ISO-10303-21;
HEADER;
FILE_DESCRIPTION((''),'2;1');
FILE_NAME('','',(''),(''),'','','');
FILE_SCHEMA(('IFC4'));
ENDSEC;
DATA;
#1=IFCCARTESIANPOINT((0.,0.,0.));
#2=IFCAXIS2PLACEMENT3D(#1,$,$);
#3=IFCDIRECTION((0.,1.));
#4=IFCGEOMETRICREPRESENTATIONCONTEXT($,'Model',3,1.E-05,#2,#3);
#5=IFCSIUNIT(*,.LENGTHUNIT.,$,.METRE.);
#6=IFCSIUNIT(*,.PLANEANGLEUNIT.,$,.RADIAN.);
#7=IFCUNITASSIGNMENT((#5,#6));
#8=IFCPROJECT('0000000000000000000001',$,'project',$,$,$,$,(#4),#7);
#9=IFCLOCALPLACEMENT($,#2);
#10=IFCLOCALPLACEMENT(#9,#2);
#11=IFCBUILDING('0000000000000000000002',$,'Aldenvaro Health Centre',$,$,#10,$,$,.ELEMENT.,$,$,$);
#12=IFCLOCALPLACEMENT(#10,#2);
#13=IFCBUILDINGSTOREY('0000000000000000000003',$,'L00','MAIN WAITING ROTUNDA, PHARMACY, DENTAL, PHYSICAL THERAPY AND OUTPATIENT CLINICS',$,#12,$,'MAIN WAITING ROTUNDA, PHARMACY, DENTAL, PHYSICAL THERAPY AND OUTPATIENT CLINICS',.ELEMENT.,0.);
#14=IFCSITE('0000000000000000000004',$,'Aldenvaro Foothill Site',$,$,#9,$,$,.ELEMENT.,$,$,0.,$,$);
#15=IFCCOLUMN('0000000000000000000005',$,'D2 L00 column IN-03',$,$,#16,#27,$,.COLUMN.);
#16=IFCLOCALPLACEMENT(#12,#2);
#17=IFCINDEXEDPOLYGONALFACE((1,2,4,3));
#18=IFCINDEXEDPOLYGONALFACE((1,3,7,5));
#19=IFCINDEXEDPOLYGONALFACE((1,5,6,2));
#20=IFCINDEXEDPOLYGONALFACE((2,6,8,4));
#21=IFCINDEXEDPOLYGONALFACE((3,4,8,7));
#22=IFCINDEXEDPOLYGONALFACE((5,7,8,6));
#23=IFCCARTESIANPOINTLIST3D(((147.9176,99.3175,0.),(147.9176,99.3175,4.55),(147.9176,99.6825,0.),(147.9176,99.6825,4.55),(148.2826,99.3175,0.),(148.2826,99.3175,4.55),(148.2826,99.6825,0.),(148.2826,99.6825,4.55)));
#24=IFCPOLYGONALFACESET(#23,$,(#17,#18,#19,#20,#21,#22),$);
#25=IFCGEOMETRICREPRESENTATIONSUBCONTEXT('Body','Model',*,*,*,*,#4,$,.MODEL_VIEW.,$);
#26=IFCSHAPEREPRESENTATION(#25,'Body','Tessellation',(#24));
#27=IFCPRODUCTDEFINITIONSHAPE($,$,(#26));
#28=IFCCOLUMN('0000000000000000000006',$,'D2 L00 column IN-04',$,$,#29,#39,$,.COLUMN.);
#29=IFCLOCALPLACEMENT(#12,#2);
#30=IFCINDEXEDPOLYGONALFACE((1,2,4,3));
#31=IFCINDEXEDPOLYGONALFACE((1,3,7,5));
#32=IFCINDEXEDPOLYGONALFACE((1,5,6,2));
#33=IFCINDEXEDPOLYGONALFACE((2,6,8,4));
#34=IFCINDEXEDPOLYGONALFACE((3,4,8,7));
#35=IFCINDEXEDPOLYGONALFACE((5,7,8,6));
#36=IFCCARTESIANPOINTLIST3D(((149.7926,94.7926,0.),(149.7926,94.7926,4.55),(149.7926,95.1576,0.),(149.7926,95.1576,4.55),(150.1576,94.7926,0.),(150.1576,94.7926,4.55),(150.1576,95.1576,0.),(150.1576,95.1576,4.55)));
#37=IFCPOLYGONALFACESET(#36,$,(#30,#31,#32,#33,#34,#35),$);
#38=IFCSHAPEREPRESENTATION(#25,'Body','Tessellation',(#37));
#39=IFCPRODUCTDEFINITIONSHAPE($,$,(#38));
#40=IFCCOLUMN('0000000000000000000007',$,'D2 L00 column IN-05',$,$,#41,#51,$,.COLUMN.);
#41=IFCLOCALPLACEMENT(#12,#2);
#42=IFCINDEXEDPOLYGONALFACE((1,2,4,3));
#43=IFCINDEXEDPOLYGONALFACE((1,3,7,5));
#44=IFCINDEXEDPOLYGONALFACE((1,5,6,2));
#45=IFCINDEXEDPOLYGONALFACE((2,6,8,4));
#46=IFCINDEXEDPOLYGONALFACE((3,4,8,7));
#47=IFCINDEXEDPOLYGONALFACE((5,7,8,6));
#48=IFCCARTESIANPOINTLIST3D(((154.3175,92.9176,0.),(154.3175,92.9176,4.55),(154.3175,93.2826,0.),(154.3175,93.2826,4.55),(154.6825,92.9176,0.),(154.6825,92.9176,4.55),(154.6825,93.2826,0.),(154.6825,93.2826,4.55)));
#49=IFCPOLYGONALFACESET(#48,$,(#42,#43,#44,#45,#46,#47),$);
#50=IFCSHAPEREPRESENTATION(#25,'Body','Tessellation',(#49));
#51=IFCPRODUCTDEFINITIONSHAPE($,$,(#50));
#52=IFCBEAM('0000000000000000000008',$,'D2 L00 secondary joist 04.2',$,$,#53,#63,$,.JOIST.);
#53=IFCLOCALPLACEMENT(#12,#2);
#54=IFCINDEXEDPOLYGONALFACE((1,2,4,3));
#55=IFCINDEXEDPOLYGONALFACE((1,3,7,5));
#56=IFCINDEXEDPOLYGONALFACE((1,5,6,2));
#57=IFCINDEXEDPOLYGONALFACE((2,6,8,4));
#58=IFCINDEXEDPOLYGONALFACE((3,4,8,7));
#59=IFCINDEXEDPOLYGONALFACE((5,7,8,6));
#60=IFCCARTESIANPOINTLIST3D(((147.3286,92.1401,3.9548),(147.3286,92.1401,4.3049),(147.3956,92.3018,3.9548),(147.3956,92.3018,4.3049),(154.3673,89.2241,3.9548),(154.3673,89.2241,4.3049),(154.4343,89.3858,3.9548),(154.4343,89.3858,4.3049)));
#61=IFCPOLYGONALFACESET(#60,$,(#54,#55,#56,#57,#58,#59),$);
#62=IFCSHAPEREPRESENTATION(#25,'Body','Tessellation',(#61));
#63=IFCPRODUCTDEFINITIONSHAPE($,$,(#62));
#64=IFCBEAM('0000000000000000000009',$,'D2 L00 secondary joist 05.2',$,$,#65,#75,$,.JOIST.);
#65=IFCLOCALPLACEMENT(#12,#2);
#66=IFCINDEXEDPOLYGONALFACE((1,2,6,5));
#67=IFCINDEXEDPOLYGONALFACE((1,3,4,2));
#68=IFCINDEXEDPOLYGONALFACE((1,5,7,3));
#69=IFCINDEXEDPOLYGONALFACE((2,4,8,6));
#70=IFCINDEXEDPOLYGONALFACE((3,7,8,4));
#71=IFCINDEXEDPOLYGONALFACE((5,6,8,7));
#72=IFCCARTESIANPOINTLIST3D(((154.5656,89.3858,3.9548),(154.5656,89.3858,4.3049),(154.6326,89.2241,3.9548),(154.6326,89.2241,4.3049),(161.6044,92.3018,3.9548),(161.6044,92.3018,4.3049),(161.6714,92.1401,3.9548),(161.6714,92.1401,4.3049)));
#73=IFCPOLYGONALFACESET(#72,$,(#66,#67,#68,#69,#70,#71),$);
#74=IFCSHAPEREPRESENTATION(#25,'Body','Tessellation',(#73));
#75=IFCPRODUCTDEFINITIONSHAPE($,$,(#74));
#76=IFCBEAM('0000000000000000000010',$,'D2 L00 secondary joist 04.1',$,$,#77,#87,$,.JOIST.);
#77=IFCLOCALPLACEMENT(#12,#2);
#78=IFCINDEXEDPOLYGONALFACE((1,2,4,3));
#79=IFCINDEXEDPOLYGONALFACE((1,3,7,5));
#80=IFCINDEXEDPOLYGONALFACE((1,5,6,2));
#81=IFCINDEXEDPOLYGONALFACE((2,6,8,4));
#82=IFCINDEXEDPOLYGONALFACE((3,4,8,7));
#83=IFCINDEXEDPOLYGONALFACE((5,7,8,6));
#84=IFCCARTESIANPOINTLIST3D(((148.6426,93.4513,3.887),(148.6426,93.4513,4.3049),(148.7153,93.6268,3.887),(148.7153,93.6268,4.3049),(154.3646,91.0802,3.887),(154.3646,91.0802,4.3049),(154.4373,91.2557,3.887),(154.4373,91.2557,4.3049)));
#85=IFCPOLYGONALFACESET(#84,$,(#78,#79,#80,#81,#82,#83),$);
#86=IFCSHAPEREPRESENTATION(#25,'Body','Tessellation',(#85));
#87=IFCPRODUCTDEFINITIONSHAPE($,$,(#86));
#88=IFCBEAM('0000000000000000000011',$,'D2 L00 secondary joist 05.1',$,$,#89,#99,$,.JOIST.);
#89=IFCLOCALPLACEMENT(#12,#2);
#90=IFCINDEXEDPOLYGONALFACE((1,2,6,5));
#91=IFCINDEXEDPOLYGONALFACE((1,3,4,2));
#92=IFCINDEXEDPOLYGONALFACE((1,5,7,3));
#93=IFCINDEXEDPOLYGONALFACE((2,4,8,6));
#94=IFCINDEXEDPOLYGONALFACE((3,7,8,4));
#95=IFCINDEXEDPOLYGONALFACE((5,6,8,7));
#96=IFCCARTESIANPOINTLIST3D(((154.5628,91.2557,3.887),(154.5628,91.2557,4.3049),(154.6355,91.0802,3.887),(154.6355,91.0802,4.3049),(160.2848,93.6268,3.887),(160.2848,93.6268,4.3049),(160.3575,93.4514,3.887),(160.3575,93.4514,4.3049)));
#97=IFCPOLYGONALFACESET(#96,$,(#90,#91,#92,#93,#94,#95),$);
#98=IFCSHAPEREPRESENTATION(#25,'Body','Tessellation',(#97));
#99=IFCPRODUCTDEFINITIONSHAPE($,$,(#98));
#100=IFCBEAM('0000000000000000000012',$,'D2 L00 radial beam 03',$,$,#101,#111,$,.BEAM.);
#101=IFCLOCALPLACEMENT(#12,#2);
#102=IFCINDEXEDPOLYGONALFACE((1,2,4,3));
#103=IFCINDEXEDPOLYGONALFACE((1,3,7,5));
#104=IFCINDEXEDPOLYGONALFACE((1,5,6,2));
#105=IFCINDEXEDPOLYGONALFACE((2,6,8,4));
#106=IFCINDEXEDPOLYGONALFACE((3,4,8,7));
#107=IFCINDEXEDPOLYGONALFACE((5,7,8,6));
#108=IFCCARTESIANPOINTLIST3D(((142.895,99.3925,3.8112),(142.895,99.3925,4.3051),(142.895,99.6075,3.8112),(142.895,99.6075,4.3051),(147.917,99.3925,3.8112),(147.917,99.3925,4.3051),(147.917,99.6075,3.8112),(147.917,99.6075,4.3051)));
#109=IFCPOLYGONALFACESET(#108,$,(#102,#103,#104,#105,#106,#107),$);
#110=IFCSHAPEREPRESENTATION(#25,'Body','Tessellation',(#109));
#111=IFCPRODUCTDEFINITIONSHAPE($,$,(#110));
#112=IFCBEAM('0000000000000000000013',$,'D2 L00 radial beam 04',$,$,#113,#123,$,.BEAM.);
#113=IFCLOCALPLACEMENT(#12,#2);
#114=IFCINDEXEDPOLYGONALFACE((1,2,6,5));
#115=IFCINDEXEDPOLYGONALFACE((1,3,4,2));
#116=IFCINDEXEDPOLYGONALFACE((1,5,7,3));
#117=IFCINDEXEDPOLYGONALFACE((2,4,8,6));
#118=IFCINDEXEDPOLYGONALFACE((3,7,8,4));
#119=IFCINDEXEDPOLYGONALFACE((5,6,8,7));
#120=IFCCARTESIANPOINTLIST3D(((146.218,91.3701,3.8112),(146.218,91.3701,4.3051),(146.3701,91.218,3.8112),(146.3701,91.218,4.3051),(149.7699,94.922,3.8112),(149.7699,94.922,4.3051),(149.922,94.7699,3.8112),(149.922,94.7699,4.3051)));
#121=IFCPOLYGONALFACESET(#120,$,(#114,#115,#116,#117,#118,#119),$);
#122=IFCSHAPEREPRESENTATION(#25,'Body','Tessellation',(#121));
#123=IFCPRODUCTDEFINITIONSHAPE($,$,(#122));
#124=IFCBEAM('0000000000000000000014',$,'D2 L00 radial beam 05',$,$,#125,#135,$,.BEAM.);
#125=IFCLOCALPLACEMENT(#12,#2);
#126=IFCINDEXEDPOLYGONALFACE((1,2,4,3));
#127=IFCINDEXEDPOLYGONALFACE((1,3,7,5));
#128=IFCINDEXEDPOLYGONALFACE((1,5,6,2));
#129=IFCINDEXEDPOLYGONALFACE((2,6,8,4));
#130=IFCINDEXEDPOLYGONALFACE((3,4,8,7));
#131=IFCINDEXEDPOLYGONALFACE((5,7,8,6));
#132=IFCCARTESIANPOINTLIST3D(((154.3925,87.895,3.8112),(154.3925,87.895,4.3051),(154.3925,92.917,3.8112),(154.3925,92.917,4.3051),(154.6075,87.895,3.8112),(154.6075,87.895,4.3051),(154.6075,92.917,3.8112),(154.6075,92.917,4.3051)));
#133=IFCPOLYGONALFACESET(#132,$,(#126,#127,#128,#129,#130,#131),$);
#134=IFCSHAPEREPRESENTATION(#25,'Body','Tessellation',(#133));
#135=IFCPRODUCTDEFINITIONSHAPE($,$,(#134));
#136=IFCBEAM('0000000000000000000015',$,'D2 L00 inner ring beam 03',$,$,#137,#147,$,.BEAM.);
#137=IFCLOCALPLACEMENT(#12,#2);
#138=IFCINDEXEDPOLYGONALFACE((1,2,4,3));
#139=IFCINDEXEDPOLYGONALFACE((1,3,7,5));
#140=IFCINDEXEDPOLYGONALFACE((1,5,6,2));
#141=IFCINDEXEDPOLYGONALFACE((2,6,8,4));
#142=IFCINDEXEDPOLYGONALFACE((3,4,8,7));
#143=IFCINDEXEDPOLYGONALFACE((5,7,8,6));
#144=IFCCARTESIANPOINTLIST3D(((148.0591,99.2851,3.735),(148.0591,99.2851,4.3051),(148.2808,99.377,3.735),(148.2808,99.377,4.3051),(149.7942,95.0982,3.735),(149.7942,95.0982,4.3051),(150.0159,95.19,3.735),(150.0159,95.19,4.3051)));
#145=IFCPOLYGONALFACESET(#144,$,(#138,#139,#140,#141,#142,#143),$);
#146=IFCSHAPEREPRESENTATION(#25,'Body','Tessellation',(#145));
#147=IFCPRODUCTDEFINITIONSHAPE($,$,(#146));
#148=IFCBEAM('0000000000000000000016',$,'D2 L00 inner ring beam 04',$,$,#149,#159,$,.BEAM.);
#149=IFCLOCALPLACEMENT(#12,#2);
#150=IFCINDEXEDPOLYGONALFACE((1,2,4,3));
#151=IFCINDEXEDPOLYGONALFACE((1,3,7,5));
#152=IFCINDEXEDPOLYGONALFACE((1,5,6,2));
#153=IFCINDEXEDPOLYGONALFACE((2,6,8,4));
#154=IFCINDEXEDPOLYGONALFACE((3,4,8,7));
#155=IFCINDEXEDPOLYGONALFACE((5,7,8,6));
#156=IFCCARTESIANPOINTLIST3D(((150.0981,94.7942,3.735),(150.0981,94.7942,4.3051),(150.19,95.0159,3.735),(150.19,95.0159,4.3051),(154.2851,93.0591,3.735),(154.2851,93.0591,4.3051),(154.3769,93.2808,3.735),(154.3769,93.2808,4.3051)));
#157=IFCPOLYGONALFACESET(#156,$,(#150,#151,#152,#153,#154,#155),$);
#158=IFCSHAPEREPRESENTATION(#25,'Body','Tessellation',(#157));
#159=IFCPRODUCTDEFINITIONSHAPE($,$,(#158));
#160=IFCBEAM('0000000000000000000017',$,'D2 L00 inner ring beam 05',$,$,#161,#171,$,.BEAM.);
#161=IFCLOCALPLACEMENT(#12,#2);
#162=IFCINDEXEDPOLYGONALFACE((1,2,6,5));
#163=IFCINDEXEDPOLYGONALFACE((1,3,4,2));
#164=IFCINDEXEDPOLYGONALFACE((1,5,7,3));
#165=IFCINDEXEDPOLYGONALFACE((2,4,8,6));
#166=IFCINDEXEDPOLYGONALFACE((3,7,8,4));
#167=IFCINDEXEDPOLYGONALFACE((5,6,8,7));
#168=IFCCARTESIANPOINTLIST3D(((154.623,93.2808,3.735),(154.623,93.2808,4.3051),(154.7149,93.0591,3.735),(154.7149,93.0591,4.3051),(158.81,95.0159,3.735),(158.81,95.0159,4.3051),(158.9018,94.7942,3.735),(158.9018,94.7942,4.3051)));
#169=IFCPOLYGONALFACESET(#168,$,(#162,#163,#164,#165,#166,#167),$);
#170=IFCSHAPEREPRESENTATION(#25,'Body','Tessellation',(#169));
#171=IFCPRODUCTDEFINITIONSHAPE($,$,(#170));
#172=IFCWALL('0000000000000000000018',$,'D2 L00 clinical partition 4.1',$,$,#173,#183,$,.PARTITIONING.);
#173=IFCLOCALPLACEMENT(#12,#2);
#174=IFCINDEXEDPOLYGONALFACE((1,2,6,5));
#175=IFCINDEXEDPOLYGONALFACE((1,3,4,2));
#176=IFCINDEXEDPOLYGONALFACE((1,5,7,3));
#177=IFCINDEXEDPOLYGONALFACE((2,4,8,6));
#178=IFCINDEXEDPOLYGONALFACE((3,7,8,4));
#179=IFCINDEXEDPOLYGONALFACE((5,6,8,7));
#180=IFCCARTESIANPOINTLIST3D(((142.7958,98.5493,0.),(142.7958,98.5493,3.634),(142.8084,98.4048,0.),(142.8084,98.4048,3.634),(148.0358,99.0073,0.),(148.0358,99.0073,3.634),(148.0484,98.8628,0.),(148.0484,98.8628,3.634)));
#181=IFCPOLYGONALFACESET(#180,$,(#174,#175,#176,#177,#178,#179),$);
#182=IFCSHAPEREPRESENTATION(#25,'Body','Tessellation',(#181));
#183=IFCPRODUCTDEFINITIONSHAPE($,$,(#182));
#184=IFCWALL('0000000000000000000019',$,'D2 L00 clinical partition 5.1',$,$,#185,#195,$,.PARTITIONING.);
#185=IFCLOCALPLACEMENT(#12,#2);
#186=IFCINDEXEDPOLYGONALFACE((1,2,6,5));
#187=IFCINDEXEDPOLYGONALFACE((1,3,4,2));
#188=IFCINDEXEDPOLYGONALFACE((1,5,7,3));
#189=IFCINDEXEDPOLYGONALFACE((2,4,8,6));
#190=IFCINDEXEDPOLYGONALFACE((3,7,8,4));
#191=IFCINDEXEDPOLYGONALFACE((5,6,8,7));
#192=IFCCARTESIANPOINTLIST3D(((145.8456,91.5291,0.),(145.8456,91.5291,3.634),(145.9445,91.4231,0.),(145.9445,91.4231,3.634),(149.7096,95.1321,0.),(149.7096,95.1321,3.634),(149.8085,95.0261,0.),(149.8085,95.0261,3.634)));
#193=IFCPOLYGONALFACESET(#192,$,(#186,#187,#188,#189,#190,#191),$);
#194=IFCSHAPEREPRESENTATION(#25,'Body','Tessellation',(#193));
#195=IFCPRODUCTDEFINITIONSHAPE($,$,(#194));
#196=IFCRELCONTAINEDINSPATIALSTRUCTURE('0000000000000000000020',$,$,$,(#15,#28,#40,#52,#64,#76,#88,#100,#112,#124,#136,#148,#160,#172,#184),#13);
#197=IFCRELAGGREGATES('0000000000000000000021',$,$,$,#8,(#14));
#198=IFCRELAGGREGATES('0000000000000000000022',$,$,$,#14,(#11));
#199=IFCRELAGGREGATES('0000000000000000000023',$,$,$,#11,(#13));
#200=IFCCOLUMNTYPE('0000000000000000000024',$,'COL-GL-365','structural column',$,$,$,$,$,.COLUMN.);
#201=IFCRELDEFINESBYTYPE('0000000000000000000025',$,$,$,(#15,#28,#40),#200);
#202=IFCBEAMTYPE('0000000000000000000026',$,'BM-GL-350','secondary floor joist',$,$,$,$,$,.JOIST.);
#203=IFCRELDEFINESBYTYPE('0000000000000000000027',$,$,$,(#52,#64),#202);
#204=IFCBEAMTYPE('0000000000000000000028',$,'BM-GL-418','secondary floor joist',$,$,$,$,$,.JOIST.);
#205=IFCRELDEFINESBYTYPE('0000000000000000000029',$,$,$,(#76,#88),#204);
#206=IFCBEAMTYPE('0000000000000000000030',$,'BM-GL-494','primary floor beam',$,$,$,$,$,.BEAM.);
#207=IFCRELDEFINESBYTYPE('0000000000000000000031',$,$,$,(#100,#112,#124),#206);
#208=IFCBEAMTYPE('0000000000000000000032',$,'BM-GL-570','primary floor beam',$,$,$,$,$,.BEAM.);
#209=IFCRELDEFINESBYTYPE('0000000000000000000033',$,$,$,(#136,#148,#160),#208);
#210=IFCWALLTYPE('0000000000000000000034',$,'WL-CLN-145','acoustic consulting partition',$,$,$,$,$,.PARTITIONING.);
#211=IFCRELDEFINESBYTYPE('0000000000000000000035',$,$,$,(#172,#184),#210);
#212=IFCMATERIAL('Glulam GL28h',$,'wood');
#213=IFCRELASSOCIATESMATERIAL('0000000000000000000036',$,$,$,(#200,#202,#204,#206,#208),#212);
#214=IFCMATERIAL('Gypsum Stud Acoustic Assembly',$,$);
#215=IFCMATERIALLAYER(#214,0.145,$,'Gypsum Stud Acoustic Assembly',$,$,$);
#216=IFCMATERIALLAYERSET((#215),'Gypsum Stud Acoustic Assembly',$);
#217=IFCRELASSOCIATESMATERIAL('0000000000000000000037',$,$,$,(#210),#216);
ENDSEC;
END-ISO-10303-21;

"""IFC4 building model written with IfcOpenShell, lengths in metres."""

from ifc_helpers import new_model, si_unit, direction, frame, frame_2d, origin, origin_2d, place, context, subcontext, project, spatial, rectangle, extrude, material, layer, layer_set, material_profile, profile_set, type_object, element, save


model = new_model("IFC4")

# Units and contexts
model_context = context("Model", 3, precision=1e-05, world=origin(), true_north=direction((0.0, 1.0)))
body_context = subcontext(model_context, "Body", "Model", "MODEL_VIEW")
ifc_project = project(units=[si_unit("LENGTHUNIT", "METRE"), si_unit("PLANEANGLEUNIT", "RADIAN")], contexts=[model_context])

# Site, building, storey
site_placement = place(None, origin())
site = spatial("IfcSite", under=ifc_project, at=site_placement, Name="Aldenvaro Foothill Site", CompositionType="ELEMENT", RefElevation=0.0)
building_placement = place(site_placement, origin())
building = spatial("IfcBuilding", under=site, at=building_placement, Name="Aldenvaro Health Centre", CompositionType="ELEMENT")
storey_placement = place(building_placement, origin())
storey = spatial("IfcBuildingStorey", under=building, at=storey_placement, Name="L00", Description="MAIN WAITING ROTUNDA, PHARMACY, DENTAL, PHYSICAL THERAPY AND OUTPATIENT CLINICS", LongName="MAIN WAITING ROTUNDA, PHARMACY, DENTAL, PHYSICAL THERAPY AND OUTPATIENT CLINICS", CompositionType="ELEMENT", Elevation=0.0)

# Columns
ifc_material_1 = material(Name="Glulam GL28h", Category="wood")
ifc_material_profile_1 = material_profile(ifc_material_1, rectangle(XDim=0.365, YDim=0.365, at=origin_2d()), Name="GL 365x365", Category="wood")
ifc_profile_set_1 = profile_set([ifc_material_profile_1], Name="Glulam GL28h")
column_type = type_object("IfcColumnType", Name="COL-GL-365", Description="structural column", PredefinedType="COLUMN", material=ifc_profile_set_1)
for number, where, z_axis, x_axis, name in (
    (1, (148.1001, 99.5, 0.0), (0.0, 0.0, 1.0), (1.0, 0.0, 0.0), "D2 L00 column IN-03"),
    (2, (149.9751, 94.9751, 0.0), (0.0, 0.0, 1.0), (1.0, 0.0, 0.0), "D2 L00 column IN-04"),
    (3, (154.5, 93.1001, 0.0), (0.0, 0.0, 1.0), (1.0, 0.0, 0.0), "D2 L00 column IN-05"),
):
    element("IfcColumn", number, at=place(storey_placement, frame(where, z_axis=z_axis, x_axis=x_axis)), inside=storey, type_object=column_type, Name=name, PredefinedType="COLUMN", context=body_context, shape_type="SweptSolid", body=[
        extrude(rectangle(XDim=0.365, YDim=0.365, at=origin_2d()), origin(), (0.0, 0.0, 1.0), 4.55),
    ])

# Beams
ifc_material_profile_2 = material_profile(ifc_material_1, rectangle(XDim=0.175, YDim=0.3501, at=origin_2d()), Name="GL 175x350", Category="wood")
ifc_profile_set_2 = profile_set([ifc_material_profile_2], Name="Glulam GL28h")
beam_type_1 = type_object("IfcBeamType", Name="BM-GL-350", Description="secondary floor joist", PredefinedType="JOIST", material=ifc_profile_set_2)
for number, where, z_axis, x_axis, name in (
    (4, (147.3621, 92.2209, 4.1299), (0.923859, -0.382733, 0.0), (0.382733, 0.923859, 0.0), "D2 L00 secondary joist 04.2"),
    (5, (154.5991, 89.3049, 4.1299), (0.923859, 0.382733, 0.0), (-0.382733, 0.923859, 0.0), "D2 L00 secondary joist 05.2"),
):
    element("IfcBeam", number, at=place(storey_placement, frame(where, z_axis=z_axis, x_axis=x_axis)), inside=storey, type_object=beam_type_1, Name=name, PredefinedType="JOIST", context=body_context, shape_type="SweptSolid", body=[
        extrude(rectangle(XDim=0.175, YDim=0.3501, at=origin_2d()), origin(), (0.0, 0.0, 1.0), 7.6189),
    ])
ifc_material_profile_3 = material_profile(ifc_material_1, rectangle(XDim=0.1899, YDim=0.418, at=origin_2d()), Name="GL 190x418", Category="wood")
ifc_profile_set_3 = profile_set([ifc_material_profile_3], Name="Glulam GL28h")
beam_type_2 = type_object("IfcBeamType", Name="BM-GL-418", Description="secondary floor joist", PredefinedType="JOIST", material=ifc_profile_set_3)
for number, where, z_axis, x_axis, name in (
    (6, (148.679, 93.5391, 4.0959), (0.923823, -0.382821, 0.0), (0.382821, 0.923823, 0.0), "D2 L00 secondary joist 04.1"),
    (7, (154.5991, 91.168, 4.0959), (0.923823, 0.382821, 0.0), (-0.382821, 0.923823, 0.0), "D2 L00 secondary joist 05.1"),
):
    element("IfcBeam", number, at=place(storey_placement, frame(where, z_axis=z_axis, x_axis=x_axis)), inside=storey, type_object=beam_type_2, Name=name, PredefinedType="JOIST", context=body_context, shape_type="SweptSolid", body=[
        extrude(rectangle(XDim=0.1899, YDim=0.418, at=origin_2d()), origin(), (0.0, 0.0, 1.0), 6.1938),
    ])
ifc_material_profile_4 = material_profile(ifc_material_1, rectangle(XDim=0.2151, YDim=0.4939, at=origin_2d()), Name="GL 215x494", Category="wood")
ifc_profile_set_4 = profile_set([ifc_material_profile_4], Name="Glulam GL28h")
beam_type_3 = type_object("IfcBeamType", Name="BM-GL-494", Description="primary floor beam", PredefinedType="BEAM", material=ifc_profile_set_4)
beam_1_placement = place(storey_placement, frame((147.917, 99.5, 4.0581), z_axis=(-1.0, 0.0, 0.0), x_axis=(0.0, -1.0, 0.0)))
element("IfcBeam", 8, at=beam_1_placement, inside=storey, type_object=beam_type_3, Name="D2 L00 radial beam 03", PredefinedType="BEAM", context=body_context, shape_type="SweptSolid", body=[
    extrude(rectangle(XDim=0.2151, YDim=0.4939, at=origin_2d()), origin(), (0.0, 0.0, 1.0), 5.022),
])
beam_2_placement = place(storey_placement, frame((149.8459, 94.8459, 4.0581), z_axis=(-0.707107, -0.707107, 0.0), x_axis=(0.707107, -0.707107, 0.0)))
element("IfcBeam", 9, at=beam_2_placement, inside=storey, type_object=beam_type_3, Name="D2 L00 radial beam 04", PredefinedType="BEAM", context=body_context, shape_type="SweptSolid", body=[
    extrude(rectangle(XDim=0.2151, YDim=0.4939, at=origin_2d()), origin(), (0.0, 0.0, 1.0), 5.0232),
])
beam_3_placement = place(storey_placement, frame((154.5, 92.917, 4.0581), z_axis=(0.0, -1.0, 0.0), x_axis=(1.0, 0.0, 0.0)))
element("IfcBeam", 10, at=beam_3_placement, inside=storey, type_object=beam_type_3, Name="D2 L00 radial beam 05", PredefinedType="BEAM", context=body_context, shape_type="SweptSolid", body=[
    extrude(rectangle(XDim=0.2151, YDim=0.4939, at=origin_2d()), origin(), (0.0, 0.0, 1.0), 5.022),
])
ifc_material_profile_5 = material_profile(ifc_material_1, rectangle(XDim=0.24, YDim=0.5701, at=origin_2d()), Name="GL 240x570", Category="wood")
ifc_profile_set_5 = profile_set([ifc_material_profile_5], Name="Glulam GL28h")
beam_type_4 = type_object("IfcBeamType", Name="BM-GL-570", Description="primary floor beam", PredefinedType="BEAM", material=ifc_profile_set_5)
for number, where, z_axis, x_axis, name in (
    (11, (148.1699, 99.3311, 4.02), (0.382832, -0.923818, 0.0), (0.923818, 0.382832, 0.0), "D2 L00 inner ring beam 03"),
    (12, (150.144, 94.905, 4.02), (0.923818, -0.382832, 0.0), (0.382832, 0.923818, 0.0), "D2 L00 inner ring beam 04"),
    (13, (154.6689, 93.1699, 4.02), (0.923818, 0.382832, 0.0), (-0.382832, 0.923818, 0.0), "D2 L00 inner ring beam 05"),
):
    element("IfcBeam", number, at=place(storey_placement, frame(where, z_axis=z_axis, x_axis=x_axis)), inside=storey, type_object=beam_type_4, Name=name, PredefinedType="BEAM", context=body_context, shape_type="SweptSolid", body=[
        extrude(rectangle(XDim=0.24, YDim=0.5701, at=origin_2d()), origin(), (0.0, 0.0, 1.0), 4.5322),
    ])

# Walls
ifc_material_2 = material(Name="Gypsum Stud Acoustic Assembly")
ifc_layer_1 = layer(ifc_material_2, 0.145, Name="Gypsum Stud Acoustic Assembly")
ifc_layer_set_1 = layer_set([ifc_layer_1], Name="Gypsum Stud Acoustic Assembly")
wall_type_1 = type_object("IfcWallType", Name="WL-CLN-145", Description="acoustic consulting partition", PredefinedType="PARTITIONING", material=ifc_layer_set_1)
wall_1_placement = place(storey_placement, frame((148.042, 98.9351, 0.0), z_axis=(0.0, 0.0, 1.0), x_axis=(-0.996202, -0.087074, 0.0)))
element("IfcWall", 14, at=wall_1_placement, inside=storey, type_object=wall_type_1, Name="D2 L00 clinical partition 4.1", PredefinedType="PARTITIONING", context=body_context, shape_type="SweptSolid", body=[
    extrude(rectangle(XDim=5.26, YDim=0.145, at=frame_2d((2.6299, 0.0))), origin(), (0.0, 0.0, 1.0), 3.634),
])
wall_2_placement = place(storey_placement, frame((149.759, 95.0791, 0.0), z_axis=(0.0, 0.0, 1.0), x_axis=(-0.731375, -0.681976, 0.0)))
element("IfcWall", 15, at=wall_2_placement, inside=storey, type_object=wall_type_1, Name="D2 L00 clinical partition 5.1", PredefinedType="PARTITIONING", context=body_context, shape_type="SweptSolid", body=[
    extrude(rectangle(XDim=5.2832, YDim=0.145, at=frame_2d((2.6416, 0.0))), origin(), (0.0, 0.0, 1.0), 3.634),
])

save(model, "model.ifc")
